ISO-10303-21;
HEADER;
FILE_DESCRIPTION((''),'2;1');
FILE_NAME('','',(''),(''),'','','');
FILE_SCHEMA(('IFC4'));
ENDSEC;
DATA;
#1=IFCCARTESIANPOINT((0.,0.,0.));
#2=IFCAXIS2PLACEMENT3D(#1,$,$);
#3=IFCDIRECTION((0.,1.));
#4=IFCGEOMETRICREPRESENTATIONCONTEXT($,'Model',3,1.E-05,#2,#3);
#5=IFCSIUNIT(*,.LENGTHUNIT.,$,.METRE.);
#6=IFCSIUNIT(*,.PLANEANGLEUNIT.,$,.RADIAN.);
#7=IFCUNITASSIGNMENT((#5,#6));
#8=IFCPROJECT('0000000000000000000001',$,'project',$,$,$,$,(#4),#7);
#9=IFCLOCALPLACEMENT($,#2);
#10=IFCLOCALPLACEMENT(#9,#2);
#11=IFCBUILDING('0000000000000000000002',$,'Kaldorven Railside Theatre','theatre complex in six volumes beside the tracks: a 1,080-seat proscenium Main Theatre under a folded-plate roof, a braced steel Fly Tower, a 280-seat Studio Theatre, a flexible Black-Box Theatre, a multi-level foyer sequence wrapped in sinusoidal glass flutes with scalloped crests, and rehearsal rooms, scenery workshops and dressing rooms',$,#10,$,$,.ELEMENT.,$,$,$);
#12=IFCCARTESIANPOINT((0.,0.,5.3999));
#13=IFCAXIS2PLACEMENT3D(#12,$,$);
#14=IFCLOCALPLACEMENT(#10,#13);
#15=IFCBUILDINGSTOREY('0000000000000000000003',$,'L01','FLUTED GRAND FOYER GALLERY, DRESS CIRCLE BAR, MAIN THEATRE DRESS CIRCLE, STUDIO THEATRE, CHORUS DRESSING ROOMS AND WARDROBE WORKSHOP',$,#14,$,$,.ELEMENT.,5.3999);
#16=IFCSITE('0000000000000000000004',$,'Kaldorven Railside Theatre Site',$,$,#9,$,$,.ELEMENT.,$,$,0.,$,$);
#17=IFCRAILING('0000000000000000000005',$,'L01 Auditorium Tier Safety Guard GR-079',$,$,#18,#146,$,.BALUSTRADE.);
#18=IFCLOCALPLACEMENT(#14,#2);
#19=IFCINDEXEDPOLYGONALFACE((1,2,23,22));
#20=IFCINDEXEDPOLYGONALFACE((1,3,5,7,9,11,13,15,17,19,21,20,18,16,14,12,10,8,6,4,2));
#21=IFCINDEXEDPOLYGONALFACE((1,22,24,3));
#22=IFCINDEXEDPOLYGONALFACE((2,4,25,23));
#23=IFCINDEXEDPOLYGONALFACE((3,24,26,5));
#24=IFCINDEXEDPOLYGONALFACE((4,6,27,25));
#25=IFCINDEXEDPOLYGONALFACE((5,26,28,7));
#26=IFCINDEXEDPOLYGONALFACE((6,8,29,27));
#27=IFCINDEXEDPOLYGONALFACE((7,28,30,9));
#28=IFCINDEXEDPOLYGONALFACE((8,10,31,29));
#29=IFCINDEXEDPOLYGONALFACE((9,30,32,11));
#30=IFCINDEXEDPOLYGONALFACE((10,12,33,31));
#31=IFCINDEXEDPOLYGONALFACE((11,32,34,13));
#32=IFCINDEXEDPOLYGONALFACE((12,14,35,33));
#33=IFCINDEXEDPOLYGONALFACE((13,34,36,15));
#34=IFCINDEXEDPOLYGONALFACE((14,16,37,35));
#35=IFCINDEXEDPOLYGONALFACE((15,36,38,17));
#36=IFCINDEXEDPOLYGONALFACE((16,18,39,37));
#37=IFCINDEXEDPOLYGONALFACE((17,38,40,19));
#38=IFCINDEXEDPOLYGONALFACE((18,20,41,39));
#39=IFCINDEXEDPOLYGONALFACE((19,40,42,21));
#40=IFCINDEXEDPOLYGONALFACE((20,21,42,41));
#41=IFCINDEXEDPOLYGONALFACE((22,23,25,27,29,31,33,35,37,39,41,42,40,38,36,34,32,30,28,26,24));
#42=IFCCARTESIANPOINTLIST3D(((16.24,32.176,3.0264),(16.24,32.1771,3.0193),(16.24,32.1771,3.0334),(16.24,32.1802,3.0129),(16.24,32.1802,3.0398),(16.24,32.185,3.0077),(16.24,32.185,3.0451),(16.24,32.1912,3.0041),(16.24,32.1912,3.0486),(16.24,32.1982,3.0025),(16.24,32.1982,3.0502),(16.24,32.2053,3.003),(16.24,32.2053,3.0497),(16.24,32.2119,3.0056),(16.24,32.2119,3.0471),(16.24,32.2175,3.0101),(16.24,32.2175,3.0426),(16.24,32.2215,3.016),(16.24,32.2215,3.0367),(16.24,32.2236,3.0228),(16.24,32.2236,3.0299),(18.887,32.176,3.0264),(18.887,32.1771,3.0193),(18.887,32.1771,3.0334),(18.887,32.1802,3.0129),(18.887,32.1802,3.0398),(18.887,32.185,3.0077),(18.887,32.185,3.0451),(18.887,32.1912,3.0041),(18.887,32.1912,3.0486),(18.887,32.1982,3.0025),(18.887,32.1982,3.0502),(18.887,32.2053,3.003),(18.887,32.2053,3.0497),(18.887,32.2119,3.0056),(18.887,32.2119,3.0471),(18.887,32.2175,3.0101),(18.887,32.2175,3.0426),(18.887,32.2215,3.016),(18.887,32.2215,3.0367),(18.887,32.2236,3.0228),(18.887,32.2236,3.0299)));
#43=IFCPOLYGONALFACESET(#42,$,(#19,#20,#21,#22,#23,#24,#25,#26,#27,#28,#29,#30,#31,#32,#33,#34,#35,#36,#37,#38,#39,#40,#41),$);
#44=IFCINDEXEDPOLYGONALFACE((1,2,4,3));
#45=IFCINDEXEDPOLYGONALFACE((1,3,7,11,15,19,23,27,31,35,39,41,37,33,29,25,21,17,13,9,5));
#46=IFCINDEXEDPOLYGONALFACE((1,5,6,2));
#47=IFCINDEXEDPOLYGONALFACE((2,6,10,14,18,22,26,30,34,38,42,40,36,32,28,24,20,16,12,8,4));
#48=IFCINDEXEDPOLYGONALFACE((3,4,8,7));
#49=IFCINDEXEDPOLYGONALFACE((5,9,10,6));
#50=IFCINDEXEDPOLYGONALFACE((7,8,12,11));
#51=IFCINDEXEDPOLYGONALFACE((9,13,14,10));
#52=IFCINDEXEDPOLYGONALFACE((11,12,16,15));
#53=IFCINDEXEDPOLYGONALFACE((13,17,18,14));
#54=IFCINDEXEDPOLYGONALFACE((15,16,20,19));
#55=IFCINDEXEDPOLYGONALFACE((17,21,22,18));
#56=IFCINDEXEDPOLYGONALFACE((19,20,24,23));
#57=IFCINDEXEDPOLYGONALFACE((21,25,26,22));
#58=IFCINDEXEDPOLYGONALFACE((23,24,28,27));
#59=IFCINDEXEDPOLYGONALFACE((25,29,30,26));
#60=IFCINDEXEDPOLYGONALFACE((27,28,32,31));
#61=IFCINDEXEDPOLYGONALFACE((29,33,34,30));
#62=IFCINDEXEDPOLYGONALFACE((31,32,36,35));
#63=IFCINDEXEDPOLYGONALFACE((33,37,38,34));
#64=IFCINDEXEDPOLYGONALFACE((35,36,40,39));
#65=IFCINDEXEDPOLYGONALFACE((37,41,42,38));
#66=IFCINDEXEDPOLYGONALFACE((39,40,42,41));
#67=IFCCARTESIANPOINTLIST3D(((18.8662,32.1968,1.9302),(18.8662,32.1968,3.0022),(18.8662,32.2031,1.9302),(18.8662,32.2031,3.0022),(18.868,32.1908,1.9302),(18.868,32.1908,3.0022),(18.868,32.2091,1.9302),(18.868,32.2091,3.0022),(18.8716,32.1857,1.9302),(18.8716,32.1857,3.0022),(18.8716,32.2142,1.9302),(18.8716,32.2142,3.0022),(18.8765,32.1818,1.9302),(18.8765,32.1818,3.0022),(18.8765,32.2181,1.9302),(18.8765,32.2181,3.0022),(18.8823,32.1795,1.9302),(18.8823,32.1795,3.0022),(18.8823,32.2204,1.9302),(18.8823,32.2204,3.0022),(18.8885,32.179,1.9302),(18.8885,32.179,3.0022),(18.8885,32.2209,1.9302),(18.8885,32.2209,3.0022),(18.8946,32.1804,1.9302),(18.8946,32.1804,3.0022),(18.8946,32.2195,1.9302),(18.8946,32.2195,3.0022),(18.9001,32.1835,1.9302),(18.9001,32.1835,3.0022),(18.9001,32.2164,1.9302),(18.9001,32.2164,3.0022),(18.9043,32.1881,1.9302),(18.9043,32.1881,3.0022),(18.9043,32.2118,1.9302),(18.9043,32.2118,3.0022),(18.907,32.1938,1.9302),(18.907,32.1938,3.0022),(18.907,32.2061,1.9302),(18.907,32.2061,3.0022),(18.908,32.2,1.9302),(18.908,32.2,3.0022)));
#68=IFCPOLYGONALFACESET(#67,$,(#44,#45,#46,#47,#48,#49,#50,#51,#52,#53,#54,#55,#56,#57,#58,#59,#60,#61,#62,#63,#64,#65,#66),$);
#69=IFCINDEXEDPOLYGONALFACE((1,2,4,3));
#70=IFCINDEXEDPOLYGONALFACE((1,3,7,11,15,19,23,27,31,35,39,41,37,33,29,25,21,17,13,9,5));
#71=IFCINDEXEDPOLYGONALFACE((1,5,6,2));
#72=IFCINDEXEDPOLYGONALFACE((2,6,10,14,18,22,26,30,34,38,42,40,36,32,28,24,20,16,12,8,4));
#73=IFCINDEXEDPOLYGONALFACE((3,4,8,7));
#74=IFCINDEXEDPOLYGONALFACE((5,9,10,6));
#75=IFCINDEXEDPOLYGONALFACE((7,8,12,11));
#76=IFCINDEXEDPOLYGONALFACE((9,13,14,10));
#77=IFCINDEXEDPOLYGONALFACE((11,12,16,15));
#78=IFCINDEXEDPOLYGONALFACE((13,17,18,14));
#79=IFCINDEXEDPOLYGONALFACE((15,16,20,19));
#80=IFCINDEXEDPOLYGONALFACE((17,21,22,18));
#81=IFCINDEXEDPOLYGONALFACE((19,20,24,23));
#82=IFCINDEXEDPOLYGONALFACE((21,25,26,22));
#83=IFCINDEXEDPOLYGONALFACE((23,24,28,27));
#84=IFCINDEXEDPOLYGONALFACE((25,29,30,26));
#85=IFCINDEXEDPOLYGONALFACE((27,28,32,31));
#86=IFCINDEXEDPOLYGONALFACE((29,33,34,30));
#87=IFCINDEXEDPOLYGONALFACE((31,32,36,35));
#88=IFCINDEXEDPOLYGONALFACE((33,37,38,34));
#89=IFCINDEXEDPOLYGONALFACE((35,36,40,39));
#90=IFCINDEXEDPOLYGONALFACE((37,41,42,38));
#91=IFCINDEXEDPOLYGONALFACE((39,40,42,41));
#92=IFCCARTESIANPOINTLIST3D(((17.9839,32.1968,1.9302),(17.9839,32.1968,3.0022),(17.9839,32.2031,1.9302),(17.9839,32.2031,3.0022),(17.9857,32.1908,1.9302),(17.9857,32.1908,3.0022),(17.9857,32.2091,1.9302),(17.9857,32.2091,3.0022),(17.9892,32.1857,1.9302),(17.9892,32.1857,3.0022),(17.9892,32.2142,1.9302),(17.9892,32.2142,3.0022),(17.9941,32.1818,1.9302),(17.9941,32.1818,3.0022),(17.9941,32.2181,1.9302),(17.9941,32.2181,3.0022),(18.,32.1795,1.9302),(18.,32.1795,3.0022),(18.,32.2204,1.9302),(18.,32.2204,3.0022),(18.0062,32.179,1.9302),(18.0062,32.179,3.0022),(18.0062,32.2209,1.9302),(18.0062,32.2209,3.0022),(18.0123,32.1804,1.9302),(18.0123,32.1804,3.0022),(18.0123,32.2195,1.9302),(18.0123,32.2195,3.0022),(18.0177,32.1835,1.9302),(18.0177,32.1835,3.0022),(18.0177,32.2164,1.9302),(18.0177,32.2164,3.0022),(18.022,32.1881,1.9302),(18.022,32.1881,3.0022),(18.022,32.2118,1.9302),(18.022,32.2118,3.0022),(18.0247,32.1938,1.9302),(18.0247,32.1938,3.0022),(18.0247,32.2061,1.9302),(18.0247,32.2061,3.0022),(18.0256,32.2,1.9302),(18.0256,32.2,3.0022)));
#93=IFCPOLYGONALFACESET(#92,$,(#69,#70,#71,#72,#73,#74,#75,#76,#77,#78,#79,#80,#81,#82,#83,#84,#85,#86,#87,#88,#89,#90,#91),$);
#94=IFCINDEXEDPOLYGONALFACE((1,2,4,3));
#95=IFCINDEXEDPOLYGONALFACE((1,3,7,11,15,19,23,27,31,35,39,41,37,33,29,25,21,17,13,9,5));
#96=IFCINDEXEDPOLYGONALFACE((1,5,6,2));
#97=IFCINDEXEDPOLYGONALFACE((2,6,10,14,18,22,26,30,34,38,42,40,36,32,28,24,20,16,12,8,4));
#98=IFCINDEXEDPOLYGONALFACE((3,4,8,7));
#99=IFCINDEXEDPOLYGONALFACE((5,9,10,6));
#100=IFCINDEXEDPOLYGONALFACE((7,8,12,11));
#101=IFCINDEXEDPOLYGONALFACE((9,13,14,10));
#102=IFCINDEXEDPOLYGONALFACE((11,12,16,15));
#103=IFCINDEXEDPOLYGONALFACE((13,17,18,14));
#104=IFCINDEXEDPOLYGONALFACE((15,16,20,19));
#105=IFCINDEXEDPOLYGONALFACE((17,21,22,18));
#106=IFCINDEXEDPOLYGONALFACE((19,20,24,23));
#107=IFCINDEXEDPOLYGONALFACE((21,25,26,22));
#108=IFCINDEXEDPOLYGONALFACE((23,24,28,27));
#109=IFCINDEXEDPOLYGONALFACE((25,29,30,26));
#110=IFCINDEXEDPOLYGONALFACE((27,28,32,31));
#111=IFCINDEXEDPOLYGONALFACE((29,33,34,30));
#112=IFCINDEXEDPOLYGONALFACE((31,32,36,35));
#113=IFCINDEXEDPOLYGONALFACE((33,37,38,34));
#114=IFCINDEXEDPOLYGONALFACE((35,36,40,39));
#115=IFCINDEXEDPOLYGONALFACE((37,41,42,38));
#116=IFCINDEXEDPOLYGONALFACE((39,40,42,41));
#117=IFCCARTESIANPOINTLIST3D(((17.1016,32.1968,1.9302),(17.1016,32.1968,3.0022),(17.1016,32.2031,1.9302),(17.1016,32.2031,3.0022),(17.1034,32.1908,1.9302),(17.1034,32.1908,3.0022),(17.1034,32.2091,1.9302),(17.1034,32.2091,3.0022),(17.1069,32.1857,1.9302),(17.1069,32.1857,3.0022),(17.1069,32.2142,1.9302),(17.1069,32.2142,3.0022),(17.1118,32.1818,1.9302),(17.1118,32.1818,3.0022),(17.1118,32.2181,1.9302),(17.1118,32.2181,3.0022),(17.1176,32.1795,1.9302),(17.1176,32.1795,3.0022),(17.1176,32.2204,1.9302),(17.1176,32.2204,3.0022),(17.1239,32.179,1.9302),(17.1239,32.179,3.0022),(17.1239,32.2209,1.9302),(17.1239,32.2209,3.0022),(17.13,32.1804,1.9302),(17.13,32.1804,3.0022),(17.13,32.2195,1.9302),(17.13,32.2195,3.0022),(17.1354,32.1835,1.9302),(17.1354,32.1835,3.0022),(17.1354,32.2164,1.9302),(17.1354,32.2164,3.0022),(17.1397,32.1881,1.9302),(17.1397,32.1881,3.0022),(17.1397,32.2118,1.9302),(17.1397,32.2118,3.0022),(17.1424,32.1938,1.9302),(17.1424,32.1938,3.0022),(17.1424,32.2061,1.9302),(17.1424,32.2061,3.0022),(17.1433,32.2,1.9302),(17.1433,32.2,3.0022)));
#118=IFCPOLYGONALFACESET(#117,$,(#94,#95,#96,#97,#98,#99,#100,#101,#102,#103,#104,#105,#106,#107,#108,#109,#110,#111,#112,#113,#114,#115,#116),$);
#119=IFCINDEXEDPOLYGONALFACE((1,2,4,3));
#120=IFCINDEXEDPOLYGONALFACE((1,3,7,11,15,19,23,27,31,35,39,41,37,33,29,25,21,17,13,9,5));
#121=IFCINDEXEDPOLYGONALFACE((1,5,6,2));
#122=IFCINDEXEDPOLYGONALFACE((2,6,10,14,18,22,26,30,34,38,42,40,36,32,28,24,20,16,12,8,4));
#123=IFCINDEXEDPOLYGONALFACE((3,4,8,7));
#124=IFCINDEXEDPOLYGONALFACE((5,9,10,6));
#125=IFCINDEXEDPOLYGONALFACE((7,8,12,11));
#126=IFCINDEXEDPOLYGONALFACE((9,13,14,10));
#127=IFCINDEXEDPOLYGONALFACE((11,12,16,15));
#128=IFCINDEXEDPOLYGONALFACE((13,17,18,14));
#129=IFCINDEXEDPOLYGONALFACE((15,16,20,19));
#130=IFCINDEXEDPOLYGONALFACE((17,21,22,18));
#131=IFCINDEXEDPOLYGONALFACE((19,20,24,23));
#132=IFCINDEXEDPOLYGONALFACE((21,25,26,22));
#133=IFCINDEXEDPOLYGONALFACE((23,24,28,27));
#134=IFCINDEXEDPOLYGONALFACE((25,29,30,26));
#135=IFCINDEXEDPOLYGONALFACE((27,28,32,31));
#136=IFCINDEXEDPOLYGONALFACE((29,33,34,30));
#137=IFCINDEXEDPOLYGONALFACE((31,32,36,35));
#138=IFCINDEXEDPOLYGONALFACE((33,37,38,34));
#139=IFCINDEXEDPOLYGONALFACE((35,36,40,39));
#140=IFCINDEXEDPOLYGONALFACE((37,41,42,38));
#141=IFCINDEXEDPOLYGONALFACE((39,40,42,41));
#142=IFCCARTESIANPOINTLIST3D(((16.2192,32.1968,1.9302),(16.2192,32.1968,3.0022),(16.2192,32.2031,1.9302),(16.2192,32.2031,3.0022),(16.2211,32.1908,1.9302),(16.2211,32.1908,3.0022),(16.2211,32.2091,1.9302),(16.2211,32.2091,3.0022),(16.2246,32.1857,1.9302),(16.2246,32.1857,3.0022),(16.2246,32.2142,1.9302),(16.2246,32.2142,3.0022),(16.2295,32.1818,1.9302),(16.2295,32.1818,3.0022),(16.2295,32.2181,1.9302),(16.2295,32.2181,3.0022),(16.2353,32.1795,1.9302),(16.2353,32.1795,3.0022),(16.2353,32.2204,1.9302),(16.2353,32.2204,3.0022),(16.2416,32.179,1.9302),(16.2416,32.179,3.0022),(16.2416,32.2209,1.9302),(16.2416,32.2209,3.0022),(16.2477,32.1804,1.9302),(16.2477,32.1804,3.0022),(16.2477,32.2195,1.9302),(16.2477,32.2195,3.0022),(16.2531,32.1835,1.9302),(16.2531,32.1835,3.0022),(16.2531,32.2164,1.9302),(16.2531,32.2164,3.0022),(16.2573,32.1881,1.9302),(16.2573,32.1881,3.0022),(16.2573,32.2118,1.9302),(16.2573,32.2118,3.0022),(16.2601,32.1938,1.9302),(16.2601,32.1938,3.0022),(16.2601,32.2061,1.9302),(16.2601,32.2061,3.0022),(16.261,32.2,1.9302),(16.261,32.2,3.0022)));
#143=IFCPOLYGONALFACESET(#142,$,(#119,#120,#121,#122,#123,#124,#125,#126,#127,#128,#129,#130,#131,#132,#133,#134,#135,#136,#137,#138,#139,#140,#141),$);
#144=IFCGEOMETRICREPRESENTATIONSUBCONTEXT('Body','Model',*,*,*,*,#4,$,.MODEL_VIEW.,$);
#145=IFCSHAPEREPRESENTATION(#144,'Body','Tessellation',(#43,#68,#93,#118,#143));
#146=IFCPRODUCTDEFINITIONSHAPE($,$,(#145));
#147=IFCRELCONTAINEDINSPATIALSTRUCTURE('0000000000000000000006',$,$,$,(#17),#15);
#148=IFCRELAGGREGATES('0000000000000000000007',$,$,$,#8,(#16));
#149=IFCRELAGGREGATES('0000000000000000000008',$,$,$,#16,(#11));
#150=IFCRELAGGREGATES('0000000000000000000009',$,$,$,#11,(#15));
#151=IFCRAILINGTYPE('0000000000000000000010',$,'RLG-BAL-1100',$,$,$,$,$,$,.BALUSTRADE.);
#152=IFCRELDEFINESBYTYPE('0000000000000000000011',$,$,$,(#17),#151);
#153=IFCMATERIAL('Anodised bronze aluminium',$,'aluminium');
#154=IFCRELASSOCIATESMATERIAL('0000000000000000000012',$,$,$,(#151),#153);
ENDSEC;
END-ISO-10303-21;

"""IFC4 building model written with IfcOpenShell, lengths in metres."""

from ifc_helpers import new_model, si_unit, direction, frame, origin, origin_2d, place, context, subcontext, project, spatial, circle, extrude, material, type_object, element, save


model = new_model("IFC4")

# Units and contexts
model_context = context("Model", 3, precision=1e-05, world=origin(), true_north=direction((0.0, 1.0)))
body_context = subcontext(model_context, "Body", "Model", "MODEL_VIEW")
ifc_project = project(units=[si_unit("LENGTHUNIT", "METRE"), si_unit("PLANEANGLEUNIT", "RADIAN")], contexts=[model_context])

# Site, building, storey
site_placement = place(None, origin())
site = spatial("IfcSite", under=ifc_project, at=site_placement, Name="Kaldorven Railside Theatre Site", CompositionType="ELEMENT", RefElevation=0.0)
building_placement = place(site_placement, origin())
building = spatial("IfcBuilding", under=site, at=building_placement, Name="Kaldorven Railside Theatre", Description="theatre complex in six volumes beside the tracks: a 1,080-seat proscenium Main Theatre under a folded-plate roof, a braced steel Fly Tower, a 280-seat Studio Theatre, a flexible Black-Box Theatre, a multi-level foyer sequence wrapped in sinusoidal glass flutes with scalloped crests, and rehearsal rooms, scenery workshops and dressing rooms", CompositionType="ELEMENT")
storey_placement = place(building_placement, frame((0.0, 0.0, 5.3999)))
storey = spatial("IfcBuildingStorey", under=building, at=storey_placement, Name="L01", Description="FLUTED GRAND FOYER GALLERY, DRESS CIRCLE BAR, MAIN THEATRE DRESS CIRCLE, STUDIO THEATRE, CHORUS DRESSING ROOMS AND WARDROBE WORKSHOP", CompositionType="ELEMENT", Elevation=5.3999)

# Railing
ifc_material_1 = material(Name="Anodised bronze aluminium", Category="aluminium")
railing_type = type_object("IfcRailingType", Name="RLG-BAL-1100", PredefinedType="BALUSTRADE", material=ifc_material_1)
for number, where, name in (
    (1, (18.887, 32.2, 1.9302), "L01 Auditorium Tier Safety Guard GR-079"),
):
    element("IfcRailing", number, at=place(storey_placement, frame(where)), inside=storey, type_object=railing_type, Name=name, PredefinedType="BALUSTRADE", context=body_context, shape_type="SweptSolid", body=[
        extrude(circle(Radius=0.0239, at=origin_2d()), frame((0.0, 0.0, 1.0962), z_axis=(-1.0, 0.0, 0.0), x_axis=(0.0, -1.0, 0.0)), (0.0, 0.0, 1.0), 2.647),
        extrude(circle(Radius=0.021, at=origin_2d()), origin(), (0.0, 0.0, 1.0), 1.072),
        extrude(circle(Radius=0.021, at=origin_2d()), frame((-0.8823, 0.0, 0.0)), (0.0, 0.0, 1.0), 1.072),
        extrude(circle(Radius=0.021, at=origin_2d()), frame((-1.7646, 0.0, 0.0)), (0.0, 0.0, 1.0), 1.072),
        extrude(circle(Radius=0.021, at=origin_2d()), frame((-2.647, 0.0, 0.0)), (0.0, 0.0, 1.0), 1.072),
    ])

save(model, "model.ifc")
